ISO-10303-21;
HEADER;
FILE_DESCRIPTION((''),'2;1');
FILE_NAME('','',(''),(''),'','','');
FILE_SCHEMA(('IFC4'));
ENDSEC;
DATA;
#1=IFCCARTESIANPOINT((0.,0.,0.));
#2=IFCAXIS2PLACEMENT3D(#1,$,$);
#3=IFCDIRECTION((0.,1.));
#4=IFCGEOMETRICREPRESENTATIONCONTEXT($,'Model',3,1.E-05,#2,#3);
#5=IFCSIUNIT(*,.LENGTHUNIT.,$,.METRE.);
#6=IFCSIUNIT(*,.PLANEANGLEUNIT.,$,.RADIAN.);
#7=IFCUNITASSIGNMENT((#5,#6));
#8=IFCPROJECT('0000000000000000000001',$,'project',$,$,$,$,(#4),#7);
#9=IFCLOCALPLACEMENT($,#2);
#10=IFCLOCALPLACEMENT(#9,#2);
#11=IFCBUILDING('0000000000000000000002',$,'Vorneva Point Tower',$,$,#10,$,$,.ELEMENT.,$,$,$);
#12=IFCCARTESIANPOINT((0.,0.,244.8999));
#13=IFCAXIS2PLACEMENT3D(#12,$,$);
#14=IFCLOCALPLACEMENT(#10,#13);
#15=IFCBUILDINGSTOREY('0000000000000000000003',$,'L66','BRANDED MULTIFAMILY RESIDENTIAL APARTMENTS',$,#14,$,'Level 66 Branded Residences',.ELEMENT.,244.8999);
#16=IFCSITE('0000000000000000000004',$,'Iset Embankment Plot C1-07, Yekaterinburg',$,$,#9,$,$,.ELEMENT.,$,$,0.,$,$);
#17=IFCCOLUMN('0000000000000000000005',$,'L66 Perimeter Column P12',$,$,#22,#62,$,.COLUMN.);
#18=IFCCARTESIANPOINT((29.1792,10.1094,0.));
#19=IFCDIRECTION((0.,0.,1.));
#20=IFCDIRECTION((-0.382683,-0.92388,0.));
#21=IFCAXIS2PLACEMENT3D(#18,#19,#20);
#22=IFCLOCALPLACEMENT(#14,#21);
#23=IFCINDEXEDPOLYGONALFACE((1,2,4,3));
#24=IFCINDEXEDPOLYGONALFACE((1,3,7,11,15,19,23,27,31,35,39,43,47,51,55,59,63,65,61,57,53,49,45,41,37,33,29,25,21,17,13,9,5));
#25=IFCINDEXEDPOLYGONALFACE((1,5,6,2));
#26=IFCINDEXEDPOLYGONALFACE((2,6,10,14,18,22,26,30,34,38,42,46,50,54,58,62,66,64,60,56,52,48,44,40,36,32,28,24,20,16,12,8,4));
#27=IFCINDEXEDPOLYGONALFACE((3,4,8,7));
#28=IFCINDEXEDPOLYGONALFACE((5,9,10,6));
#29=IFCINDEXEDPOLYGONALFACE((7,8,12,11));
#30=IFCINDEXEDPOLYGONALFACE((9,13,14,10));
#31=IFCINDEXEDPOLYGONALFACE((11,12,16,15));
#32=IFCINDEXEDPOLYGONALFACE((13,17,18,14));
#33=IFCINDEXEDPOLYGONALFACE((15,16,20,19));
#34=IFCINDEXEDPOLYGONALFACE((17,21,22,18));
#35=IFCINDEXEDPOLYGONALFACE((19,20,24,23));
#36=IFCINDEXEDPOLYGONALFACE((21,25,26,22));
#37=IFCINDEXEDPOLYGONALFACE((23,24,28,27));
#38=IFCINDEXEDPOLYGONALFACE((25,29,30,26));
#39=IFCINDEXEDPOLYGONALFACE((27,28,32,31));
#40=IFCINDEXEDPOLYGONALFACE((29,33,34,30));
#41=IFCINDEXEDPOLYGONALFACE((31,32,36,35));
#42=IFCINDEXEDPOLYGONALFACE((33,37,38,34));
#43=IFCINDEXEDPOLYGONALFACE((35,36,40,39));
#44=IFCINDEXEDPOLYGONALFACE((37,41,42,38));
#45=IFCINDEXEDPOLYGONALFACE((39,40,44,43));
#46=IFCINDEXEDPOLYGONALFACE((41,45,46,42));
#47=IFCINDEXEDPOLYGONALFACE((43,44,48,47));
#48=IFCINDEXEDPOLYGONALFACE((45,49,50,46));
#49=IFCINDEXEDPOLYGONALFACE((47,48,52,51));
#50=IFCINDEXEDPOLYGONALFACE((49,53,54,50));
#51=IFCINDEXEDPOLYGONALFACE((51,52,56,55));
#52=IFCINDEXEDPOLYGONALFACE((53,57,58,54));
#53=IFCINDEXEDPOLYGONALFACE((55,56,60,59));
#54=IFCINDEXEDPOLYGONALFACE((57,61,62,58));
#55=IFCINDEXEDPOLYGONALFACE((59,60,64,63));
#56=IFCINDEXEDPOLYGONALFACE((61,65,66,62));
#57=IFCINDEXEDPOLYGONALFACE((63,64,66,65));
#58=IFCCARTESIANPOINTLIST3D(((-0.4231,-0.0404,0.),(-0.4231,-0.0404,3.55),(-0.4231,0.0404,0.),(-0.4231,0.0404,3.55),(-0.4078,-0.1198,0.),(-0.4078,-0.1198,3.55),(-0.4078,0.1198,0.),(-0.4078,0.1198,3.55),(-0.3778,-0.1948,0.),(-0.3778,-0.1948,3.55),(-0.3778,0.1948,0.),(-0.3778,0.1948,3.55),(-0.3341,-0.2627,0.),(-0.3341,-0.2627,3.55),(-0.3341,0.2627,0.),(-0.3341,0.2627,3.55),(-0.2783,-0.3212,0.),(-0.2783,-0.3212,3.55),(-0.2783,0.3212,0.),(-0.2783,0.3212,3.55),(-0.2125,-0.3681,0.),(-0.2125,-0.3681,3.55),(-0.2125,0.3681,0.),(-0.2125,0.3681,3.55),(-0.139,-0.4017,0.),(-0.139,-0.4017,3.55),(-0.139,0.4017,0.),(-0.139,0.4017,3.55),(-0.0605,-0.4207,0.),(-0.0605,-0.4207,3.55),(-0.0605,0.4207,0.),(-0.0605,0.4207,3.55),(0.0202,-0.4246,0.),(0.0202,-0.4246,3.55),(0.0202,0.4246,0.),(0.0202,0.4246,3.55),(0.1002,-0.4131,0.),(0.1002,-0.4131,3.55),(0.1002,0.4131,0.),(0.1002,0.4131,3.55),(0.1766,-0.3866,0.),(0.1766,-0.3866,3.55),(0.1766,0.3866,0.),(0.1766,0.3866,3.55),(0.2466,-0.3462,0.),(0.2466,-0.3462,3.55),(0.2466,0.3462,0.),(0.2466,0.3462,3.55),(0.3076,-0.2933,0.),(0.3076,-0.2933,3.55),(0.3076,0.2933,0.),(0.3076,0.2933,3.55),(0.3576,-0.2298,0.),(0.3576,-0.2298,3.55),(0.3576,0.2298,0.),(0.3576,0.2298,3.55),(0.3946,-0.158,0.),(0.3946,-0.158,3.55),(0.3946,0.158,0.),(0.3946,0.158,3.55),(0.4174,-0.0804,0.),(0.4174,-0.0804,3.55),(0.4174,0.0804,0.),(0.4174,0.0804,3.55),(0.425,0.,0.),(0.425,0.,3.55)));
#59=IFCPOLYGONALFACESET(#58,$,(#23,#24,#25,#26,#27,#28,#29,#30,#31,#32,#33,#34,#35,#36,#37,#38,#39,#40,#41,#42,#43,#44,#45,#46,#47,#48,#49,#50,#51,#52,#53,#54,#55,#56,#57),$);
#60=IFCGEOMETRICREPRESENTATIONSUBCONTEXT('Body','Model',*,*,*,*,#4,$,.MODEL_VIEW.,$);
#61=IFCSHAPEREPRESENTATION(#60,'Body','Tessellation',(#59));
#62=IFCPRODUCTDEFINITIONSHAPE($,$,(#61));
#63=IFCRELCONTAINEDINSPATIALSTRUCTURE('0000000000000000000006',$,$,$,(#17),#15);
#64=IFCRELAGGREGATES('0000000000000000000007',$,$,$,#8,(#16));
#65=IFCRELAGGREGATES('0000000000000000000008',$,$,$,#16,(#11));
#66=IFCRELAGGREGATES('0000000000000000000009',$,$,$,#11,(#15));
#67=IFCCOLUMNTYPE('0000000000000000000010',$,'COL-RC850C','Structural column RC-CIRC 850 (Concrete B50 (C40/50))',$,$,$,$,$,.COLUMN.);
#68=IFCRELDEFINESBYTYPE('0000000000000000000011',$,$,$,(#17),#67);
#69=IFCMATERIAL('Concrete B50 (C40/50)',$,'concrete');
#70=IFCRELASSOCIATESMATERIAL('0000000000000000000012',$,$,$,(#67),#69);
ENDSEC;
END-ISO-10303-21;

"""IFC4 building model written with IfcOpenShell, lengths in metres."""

from ifc_helpers import new_model, si_unit, direction, frame, origin, origin_2d, place, context, subcontext, project, spatial, circle, extrude, material, material_profile, profile_set, type_object, element, save


model = new_model("IFC4")

# Units and contexts
model_context = context("Model", 3, precision=1e-05, world=origin(), true_north=direction((0.0, 1.0)))
body_context = subcontext(model_context, "Body", "Model", "MODEL_VIEW")
ifc_project = project(units=[si_unit("LENGTHUNIT", "METRE"), si_unit("PLANEANGLEUNIT", "RADIAN")], contexts=[model_context])

# Site, building, storey
site_placement = place(None, origin())
site = spatial("IfcSite", under=ifc_project, at=site_placement, Name="Iset Embankment Plot C1-07, Yekaterinburg", CompositionType="ELEMENT", RefElevation=0.0)
building_placement = place(site_placement, origin())
building = spatial("IfcBuilding", under=site, at=building_placement, Name="Vorneva Point Tower", CompositionType="ELEMENT")
storey_placement = place(building_placement, frame((0.0, 0.0, 244.8999)))
storey = spatial("IfcBuildingStorey", under=building, at=storey_placement, Name="L66", Description="BRANDED MULTIFAMILY RESIDENTIAL APARTMENTS", LongName="Level 66 Branded Residences", CompositionType="ELEMENT", Elevation=244.8999)

# Column
ifc_material_1 = material(Name="Concrete B50 (C40/50)", Category="concrete")
ifc_material_profile_1 = material_profile(ifc_material_1, circle(Radius=0.425, at=origin_2d()), Name="RC-CIRC 850")
ifc_profile_set_1 = profile_set([ifc_material_profile_1], Name="Concrete B50 (C40/50)")
column_type_1 = type_object("IfcColumnType", Name="COL-RC850C", Description="Structural column RC-CIRC 850 (Concrete B50 (C40/50))", PredefinedType="COLUMN", material=ifc_profile_set_1)
column_1_placement = place(storey_placement, frame((29.1792, 10.1094, 0.0), z_axis=(0.0, 0.0, 1.0), x_axis=(-0.382683, -0.92388, 0.0)))
element("IfcColumn", 1, at=column_1_placement, inside=storey, type_object=column_type_1, Name="L66 Perimeter Column P12", PredefinedType="COLUMN", context=body_context, shape_type="SweptSolid", body=[
    extrude(circle(Radius=0.425, at=origin_2d()), origin(), (0.0, 0.0, 1.0), 3.55),
])

save(model, "model.ifc")
